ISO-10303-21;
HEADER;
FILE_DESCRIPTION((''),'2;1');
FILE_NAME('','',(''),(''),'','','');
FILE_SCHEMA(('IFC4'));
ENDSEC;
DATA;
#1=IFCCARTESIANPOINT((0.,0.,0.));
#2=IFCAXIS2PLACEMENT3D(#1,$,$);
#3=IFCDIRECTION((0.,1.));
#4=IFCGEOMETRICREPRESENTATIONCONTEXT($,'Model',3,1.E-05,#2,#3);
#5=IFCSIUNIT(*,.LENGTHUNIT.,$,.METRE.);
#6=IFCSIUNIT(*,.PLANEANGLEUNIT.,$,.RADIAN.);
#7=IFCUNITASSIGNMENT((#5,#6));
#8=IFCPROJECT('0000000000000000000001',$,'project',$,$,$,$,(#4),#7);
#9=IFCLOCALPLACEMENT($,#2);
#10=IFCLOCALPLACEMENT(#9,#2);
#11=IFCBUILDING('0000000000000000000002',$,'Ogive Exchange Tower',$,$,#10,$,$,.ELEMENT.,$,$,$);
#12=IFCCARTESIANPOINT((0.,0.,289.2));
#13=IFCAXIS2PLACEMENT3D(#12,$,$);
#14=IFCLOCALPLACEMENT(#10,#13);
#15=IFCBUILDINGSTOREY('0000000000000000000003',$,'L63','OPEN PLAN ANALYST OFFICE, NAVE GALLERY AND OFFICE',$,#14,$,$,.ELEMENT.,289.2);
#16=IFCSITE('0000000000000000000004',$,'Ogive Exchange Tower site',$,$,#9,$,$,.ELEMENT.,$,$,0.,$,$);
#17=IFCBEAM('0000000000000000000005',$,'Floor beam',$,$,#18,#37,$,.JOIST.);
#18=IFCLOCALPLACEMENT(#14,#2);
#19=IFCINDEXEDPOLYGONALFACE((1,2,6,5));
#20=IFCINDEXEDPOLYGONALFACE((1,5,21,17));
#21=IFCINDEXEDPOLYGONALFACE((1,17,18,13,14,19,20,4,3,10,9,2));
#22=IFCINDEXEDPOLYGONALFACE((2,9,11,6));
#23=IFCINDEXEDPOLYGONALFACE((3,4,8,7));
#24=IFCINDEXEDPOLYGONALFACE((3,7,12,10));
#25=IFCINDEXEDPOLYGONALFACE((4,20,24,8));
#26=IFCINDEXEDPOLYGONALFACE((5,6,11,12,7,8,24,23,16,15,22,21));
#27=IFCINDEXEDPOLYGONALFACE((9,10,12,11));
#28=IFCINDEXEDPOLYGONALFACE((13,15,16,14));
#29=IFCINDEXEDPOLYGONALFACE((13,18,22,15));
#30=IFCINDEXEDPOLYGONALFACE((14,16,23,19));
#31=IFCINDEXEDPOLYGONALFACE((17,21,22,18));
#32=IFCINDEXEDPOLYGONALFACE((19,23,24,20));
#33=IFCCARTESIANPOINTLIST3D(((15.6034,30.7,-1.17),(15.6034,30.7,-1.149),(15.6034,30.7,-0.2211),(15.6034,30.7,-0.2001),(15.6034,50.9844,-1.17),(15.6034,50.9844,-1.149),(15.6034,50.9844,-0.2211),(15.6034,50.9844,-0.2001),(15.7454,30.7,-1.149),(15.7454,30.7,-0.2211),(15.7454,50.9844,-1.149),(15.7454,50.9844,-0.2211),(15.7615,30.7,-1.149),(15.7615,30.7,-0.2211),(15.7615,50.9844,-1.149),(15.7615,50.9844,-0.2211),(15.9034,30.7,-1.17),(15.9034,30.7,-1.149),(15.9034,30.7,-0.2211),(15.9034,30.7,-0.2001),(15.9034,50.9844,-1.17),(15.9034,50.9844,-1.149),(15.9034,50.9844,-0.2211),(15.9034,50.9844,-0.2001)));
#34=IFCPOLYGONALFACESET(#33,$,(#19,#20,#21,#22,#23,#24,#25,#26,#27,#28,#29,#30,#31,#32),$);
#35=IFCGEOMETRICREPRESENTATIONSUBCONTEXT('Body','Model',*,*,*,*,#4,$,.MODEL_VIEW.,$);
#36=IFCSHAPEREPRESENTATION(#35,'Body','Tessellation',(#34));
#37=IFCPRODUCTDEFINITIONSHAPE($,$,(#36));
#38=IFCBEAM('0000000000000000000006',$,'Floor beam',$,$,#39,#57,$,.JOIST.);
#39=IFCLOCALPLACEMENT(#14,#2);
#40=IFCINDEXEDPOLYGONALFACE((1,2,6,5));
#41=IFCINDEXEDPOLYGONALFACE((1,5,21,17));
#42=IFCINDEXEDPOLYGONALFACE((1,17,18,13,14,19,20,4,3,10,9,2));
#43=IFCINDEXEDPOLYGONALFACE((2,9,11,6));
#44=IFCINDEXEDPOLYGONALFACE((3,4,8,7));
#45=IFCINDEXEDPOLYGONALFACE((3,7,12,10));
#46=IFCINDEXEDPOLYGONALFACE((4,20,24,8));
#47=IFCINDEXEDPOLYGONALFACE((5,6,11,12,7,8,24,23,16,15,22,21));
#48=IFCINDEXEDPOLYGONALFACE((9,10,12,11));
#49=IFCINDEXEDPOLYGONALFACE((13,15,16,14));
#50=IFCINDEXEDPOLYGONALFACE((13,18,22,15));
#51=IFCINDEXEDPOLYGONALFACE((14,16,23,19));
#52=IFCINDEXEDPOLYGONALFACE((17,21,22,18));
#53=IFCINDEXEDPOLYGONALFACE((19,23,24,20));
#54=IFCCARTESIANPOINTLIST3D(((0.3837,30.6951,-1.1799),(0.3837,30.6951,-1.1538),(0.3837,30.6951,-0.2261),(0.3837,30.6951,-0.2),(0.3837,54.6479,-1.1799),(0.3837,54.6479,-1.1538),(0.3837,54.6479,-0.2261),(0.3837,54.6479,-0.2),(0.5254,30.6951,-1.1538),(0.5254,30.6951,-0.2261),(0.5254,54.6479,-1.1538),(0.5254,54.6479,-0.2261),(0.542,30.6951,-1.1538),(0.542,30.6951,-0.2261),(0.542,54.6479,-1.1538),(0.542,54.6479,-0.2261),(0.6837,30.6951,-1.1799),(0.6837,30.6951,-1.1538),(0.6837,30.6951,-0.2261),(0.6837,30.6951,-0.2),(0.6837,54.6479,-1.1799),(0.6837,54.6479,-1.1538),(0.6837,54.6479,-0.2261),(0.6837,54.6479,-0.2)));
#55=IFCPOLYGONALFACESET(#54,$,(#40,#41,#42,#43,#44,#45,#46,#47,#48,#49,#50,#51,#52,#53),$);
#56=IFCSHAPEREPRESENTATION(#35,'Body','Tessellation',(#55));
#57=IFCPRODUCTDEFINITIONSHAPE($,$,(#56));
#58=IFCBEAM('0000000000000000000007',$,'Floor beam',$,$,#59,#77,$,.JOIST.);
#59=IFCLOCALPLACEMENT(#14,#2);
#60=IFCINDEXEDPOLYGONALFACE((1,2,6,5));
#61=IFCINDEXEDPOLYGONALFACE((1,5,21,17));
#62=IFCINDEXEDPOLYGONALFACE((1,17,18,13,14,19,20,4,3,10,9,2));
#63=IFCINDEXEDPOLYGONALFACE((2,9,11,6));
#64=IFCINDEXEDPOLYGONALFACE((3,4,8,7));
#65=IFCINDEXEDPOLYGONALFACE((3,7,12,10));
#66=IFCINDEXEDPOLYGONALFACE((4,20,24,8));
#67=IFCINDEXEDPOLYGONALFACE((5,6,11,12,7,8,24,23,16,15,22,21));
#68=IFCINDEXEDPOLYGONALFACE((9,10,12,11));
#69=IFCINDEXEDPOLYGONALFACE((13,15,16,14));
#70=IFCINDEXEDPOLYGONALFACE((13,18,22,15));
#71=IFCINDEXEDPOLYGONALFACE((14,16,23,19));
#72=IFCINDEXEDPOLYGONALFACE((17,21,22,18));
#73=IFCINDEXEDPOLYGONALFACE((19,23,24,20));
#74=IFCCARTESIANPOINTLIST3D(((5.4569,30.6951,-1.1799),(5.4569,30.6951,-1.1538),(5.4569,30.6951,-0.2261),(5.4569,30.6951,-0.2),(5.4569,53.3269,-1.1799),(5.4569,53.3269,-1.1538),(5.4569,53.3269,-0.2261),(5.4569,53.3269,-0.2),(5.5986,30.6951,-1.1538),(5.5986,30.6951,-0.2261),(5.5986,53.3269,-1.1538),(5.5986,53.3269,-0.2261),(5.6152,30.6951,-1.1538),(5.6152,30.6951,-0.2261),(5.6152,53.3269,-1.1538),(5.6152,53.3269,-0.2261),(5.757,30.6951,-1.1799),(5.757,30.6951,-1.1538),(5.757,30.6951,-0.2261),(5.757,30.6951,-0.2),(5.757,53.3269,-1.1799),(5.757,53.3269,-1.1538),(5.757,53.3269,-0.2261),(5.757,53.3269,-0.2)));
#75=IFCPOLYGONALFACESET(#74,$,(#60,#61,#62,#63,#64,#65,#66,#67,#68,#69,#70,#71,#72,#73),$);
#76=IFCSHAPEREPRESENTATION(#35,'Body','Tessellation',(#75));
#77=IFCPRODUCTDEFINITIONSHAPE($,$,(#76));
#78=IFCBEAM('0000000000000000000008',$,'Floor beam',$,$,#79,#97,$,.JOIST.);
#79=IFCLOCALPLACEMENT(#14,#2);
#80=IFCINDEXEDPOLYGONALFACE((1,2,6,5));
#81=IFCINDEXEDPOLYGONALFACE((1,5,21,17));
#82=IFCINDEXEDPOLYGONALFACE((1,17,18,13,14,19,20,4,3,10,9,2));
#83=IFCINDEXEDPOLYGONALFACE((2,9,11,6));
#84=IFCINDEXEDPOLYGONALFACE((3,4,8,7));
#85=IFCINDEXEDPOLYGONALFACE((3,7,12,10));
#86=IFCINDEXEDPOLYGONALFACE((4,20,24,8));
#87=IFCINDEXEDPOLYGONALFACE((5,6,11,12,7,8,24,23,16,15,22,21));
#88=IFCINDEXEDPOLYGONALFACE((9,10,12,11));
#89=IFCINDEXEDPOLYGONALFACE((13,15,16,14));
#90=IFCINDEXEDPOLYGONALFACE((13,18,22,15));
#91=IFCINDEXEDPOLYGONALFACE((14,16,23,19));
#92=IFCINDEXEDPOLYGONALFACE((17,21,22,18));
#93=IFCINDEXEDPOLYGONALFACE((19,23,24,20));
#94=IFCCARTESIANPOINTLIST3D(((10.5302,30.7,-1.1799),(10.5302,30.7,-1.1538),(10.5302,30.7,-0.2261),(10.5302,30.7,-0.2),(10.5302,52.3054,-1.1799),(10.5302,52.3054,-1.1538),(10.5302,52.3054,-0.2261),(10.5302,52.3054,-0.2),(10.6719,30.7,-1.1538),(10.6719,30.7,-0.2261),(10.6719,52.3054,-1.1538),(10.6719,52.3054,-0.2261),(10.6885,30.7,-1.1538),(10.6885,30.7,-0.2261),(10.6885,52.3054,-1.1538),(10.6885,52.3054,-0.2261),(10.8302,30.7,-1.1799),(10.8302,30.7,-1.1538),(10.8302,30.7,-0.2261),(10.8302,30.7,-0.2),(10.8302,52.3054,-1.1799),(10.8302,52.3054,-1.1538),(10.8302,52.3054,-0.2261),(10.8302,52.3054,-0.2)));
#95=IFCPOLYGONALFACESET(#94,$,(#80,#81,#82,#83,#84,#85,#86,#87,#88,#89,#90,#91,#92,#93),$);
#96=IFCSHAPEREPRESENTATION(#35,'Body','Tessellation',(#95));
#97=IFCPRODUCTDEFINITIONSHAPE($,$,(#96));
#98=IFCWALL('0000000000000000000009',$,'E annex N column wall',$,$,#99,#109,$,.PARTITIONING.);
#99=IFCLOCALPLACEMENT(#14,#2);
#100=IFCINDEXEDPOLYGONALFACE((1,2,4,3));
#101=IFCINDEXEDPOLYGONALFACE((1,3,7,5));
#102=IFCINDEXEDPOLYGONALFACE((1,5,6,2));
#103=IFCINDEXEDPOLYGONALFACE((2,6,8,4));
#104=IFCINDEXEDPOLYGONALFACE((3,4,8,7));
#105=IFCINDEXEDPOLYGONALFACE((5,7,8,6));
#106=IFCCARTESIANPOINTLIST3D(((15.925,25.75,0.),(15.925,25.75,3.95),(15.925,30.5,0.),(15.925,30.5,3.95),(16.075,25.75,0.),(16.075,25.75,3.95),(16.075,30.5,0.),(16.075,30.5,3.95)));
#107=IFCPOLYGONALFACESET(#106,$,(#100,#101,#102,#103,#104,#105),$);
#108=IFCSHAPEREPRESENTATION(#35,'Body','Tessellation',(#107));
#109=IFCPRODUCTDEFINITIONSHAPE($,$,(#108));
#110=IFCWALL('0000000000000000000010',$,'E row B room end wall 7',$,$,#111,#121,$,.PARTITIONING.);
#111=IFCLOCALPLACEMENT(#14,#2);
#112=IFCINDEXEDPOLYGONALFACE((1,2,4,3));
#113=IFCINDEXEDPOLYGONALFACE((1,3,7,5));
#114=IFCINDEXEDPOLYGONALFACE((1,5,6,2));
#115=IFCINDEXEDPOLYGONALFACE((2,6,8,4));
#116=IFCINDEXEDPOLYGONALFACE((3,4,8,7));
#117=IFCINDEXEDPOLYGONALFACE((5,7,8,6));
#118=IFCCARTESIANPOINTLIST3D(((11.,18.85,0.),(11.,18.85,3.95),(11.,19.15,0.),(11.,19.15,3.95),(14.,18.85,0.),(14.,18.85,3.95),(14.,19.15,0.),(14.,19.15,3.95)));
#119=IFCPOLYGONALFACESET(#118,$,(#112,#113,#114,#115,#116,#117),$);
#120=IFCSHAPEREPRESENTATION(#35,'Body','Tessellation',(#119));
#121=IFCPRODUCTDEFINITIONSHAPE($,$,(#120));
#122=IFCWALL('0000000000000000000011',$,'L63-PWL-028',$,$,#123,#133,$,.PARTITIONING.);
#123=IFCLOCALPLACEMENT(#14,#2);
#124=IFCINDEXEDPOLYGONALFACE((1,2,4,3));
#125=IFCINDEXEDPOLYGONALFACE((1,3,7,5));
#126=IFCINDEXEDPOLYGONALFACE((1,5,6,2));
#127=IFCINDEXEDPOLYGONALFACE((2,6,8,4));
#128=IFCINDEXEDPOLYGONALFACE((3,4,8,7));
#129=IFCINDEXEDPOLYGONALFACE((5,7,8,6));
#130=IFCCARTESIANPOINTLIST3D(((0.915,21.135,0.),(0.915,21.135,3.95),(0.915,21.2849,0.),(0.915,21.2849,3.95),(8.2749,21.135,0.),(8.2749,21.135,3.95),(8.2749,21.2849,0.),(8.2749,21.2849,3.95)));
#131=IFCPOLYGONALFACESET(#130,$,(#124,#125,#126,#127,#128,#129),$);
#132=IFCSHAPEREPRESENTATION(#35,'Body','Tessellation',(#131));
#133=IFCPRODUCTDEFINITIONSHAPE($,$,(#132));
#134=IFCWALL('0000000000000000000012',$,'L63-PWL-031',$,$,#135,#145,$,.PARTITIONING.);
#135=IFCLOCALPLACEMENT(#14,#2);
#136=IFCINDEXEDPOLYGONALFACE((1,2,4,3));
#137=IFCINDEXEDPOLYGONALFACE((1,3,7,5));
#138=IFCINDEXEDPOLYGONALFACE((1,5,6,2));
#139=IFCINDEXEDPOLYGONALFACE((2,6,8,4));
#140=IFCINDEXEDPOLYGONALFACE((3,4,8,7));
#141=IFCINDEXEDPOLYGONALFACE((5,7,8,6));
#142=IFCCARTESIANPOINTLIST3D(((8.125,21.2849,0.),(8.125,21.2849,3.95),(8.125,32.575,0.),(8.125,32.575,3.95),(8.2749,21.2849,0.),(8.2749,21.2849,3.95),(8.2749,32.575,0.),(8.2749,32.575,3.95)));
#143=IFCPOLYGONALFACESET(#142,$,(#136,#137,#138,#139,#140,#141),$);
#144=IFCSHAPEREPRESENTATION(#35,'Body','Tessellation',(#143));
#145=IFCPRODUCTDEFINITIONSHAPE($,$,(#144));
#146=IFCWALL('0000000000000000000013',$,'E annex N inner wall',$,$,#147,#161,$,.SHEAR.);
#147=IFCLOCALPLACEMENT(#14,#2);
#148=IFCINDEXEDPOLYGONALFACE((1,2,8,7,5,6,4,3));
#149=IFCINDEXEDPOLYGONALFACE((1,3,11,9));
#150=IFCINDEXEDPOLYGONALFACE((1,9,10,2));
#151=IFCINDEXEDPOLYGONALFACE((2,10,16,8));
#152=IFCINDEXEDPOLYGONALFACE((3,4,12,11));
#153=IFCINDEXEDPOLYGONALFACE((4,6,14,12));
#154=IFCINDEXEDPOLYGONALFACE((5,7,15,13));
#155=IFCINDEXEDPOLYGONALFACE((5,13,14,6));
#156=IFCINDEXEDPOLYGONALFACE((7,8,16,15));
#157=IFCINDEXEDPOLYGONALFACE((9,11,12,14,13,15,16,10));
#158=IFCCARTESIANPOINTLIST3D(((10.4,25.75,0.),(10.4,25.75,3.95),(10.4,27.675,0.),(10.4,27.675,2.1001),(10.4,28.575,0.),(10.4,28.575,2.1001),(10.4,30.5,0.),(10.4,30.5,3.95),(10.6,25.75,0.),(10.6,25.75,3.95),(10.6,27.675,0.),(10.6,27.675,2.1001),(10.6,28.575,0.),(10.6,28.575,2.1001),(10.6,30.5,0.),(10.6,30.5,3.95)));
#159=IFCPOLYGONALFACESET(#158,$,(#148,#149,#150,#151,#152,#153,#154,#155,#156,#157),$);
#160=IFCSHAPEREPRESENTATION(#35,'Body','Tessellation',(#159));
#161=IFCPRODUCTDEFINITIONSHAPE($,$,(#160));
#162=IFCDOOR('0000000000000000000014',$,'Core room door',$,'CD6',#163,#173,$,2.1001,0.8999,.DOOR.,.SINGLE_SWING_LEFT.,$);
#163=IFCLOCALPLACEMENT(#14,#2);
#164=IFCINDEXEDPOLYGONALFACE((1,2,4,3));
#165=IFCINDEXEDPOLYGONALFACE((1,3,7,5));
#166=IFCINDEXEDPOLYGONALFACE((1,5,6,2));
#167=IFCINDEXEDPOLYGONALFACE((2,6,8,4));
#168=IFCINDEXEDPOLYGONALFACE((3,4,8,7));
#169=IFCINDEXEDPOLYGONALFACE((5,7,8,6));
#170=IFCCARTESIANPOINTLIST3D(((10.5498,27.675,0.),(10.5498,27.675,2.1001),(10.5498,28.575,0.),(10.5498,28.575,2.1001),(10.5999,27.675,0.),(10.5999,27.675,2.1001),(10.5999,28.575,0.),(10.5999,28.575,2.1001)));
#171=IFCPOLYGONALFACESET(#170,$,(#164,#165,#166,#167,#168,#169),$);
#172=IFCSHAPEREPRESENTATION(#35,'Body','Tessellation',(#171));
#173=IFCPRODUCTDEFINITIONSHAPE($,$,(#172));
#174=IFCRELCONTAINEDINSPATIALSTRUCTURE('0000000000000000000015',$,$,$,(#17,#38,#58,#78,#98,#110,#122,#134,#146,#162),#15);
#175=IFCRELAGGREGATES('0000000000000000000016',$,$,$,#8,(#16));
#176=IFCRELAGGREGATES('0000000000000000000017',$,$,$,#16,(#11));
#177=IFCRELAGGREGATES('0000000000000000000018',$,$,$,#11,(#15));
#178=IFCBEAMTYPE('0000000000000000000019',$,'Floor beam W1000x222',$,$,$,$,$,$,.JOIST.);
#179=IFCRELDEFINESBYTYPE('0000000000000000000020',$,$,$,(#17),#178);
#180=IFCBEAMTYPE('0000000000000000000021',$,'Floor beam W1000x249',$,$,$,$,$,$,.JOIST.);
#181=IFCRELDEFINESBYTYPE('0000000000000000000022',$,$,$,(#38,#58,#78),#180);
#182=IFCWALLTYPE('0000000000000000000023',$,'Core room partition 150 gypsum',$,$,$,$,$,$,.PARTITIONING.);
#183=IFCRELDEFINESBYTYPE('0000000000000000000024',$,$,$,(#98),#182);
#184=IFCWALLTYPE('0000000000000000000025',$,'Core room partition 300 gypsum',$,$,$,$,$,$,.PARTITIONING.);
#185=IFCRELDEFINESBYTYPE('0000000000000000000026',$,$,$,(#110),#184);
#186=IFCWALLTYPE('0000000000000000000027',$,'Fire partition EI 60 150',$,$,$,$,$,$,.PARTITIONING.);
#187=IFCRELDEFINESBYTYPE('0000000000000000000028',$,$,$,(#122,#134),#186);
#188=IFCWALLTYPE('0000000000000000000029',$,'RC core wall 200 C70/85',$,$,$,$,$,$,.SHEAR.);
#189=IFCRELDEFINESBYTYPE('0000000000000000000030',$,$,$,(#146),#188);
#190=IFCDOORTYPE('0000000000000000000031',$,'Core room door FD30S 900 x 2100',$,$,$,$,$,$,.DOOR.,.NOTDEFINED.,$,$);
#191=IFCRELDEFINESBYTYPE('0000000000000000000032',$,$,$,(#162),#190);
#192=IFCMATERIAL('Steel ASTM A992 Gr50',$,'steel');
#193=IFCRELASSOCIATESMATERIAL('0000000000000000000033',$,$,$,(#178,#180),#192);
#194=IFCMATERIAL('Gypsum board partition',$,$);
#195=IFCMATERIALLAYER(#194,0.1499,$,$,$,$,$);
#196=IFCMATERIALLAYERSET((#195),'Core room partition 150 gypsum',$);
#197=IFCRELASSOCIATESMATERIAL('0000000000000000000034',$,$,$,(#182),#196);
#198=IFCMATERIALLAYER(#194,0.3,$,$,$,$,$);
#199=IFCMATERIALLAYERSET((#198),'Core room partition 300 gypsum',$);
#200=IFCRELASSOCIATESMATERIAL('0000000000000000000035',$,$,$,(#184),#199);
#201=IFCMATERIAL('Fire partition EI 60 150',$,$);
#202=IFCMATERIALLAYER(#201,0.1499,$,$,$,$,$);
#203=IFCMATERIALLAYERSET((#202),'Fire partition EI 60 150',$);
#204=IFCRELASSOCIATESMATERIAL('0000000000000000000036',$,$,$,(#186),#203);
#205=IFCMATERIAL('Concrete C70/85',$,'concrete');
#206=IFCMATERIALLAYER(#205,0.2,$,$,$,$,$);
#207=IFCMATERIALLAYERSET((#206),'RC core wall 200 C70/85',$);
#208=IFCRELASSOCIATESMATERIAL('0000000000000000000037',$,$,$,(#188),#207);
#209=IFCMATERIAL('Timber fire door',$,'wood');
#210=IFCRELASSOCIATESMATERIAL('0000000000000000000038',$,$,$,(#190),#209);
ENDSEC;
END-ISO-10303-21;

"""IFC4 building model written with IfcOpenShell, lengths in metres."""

from ifc_helpers import new_model, si_unit, direction, frame, frame_2d, origin, origin_2d, place, context, subcontext, project, spatial, rectangle, i_section, extrude, material, layer, layer_set, material_profile, profile_set, type_object, element, fill, save


model = new_model("IFC4")

# Units and contexts
model_context = context("Model", 3, precision=1e-05, world=origin(), true_north=direction((0.0, 1.0)))
body_context = subcontext(model_context, "Body", "Model", "MODEL_VIEW")
ifc_project = project(units=[si_unit("LENGTHUNIT", "METRE"), si_unit("PLANEANGLEUNIT", "RADIAN")], contexts=[model_context])

# Site, building, storey
site_placement = place(None, origin())
site = spatial("IfcSite", under=ifc_project, at=site_placement, Name="Ogive Exchange Tower site", CompositionType="ELEMENT", RefElevation=0.0)
building_placement = place(site_placement, origin())
building = spatial("IfcBuilding", under=site, at=building_placement, Name="Ogive Exchange Tower", CompositionType="ELEMENT")
storey_placement = place(building_placement, frame((0.0, 0.0, 289.2)))
storey = spatial("IfcBuildingStorey", under=building, at=storey_placement, Name="L63", Description="OPEN PLAN ANALYST OFFICE, NAVE GALLERY AND OFFICE", CompositionType="ELEMENT", Elevation=289.2)

# Beams
ifc_material_1 = material(Name="Steel ASTM A992 Gr50", Category="steel")
ifc_material_profile_1 = material_profile(ifc_material_1, i_section(OverallWidth=0.3, OverallDepth=0.97, WebThickness=0.0161, FlangeThickness=0.021, at=origin_2d()), Name="W1000x222")
ifc_profile_set_1 = profile_set([ifc_material_profile_1], Name="Steel ASTM A992 Gr50")
beam_type_1 = type_object("IfcBeamType", Name="Floor beam W1000x222", PredefinedType="JOIST", material=ifc_profile_set_1)
beam_1_placement = place(storey_placement, frame((15.7534, 30.7, -0.6851), z_axis=(0.0, 1.0, 0.0), x_axis=(-1.0, 0.0, 0.0)))
element("IfcBeam", 1, at=beam_1_placement, inside=storey, type_object=beam_type_1, Name="Floor beam", PredefinedType="JOIST", context=body_context, shape_type="SweptSolid", body=[
    extrude(i_section(OverallWidth=0.3, OverallDepth=0.97, WebThickness=0.0161, FlangeThickness=0.021, at=origin_2d()), origin(), (0.0, 0.0, 1.0), 20.2844),
])
ifc_material_profile_2 = material_profile(ifc_material_1, i_section(OverallWidth=0.3, OverallDepth=0.98, WebThickness=0.0166, FlangeThickness=0.0261, at=origin_2d()), Name="W1000x249")
ifc_profile_set_2 = profile_set([ifc_material_profile_2], Name="Steel ASTM A992 Gr50")
beam_type_2 = type_object("IfcBeamType", Name="Floor beam W1000x249", PredefinedType="JOIST", material=ifc_profile_set_2)
beam_2_placement = place(storey_placement, frame((0.5337, 30.6951, -0.6899), z_axis=(0.0, 1.0, 0.0), x_axis=(-1.0, 0.0, 0.0)))
element("IfcBeam", 2, at=beam_2_placement, inside=storey, type_object=beam_type_2, Name="Floor beam", PredefinedType="JOIST", context=body_context, shape_type="SweptSolid", body=[
    extrude(i_section(OverallWidth=0.3, OverallDepth=0.98, WebThickness=0.0166, FlangeThickness=0.0261, at=origin_2d()), origin(), (0.0, 0.0, 1.0), 23.9529),
])
beam_3_placement = place(storey_placement, frame((5.6069, 30.6951, -0.6899), z_axis=(0.0, 1.0, 0.0), x_axis=(-1.0, 0.0, 0.0)))
element("IfcBeam", 3, at=beam_3_placement, inside=storey, type_object=beam_type_2, Name="Floor beam", PredefinedType="JOIST", context=body_context, shape_type="SweptSolid", body=[
    extrude(i_section(OverallWidth=0.3, OverallDepth=0.98, WebThickness=0.0166, FlangeThickness=0.0261, at=origin_2d()), origin(), (0.0, 0.0, 1.0), 22.6318),
])
beam_4_placement = place(storey_placement, frame((10.6802, 30.7, -0.6899), z_axis=(0.0, 1.0, 0.0), x_axis=(-1.0, 0.0, 0.0)))
element("IfcBeam", 4, at=beam_4_placement, inside=storey, type_object=beam_type_2, Name="Floor beam", PredefinedType="JOIST", context=body_context, shape_type="SweptSolid", body=[
    extrude(i_section(OverallWidth=0.3, OverallDepth=0.98, WebThickness=0.0166, FlangeThickness=0.0261, at=origin_2d()), origin(), (0.0, 0.0, 1.0), 21.6055),
])

# Walls
ifc_material_2 = material(Name="Gypsum board partition")
ifc_layer_1 = layer(ifc_material_2, 0.1499)
ifc_layer_set_1 = layer_set([ifc_layer_1], Name="Core room partition 150 gypsum")
wall_type_1 = type_object("IfcWallType", Name="Core room partition 150 gypsum", PredefinedType="PARTITIONING", material=ifc_layer_set_1)
wall_1_placement = place(storey_placement, frame((16.0, 25.75, 0.0), z_axis=(0.0, 0.0, 1.0), x_axis=(0.0, 1.0, 0.0)))
element("IfcWall", 5, at=wall_1_placement, inside=storey, type_object=wall_type_1, Name="E annex N column wall", PredefinedType="PARTITIONING", context=body_context, shape_type="SweptSolid", body=[
    extrude(rectangle(XDim=4.75, YDim=0.1499, at=frame_2d((2.375, 0.0))), origin(), (0.0, 0.0, 1.0), 3.95),
])
ifc_layer_2 = layer(ifc_material_2, 0.3)
ifc_layer_set_2 = layer_set([ifc_layer_2], Name="Core room partition 300 gypsum")
wall_type_2 = type_object("IfcWallType", Name="Core room partition 300 gypsum", PredefinedType="PARTITIONING", material=ifc_layer_set_2)
wall_2_placement = place(storey_placement, frame((11.0, 19.0, 0.0), z_axis=(0.0, 0.0, 1.0), x_axis=(1.0, 0.0, 0.0)))
element("IfcWall", 6, at=wall_2_placement, inside=storey, type_object=wall_type_2, Name="E row B room end wall 7", PredefinedType="PARTITIONING", context=body_context, shape_type="SweptSolid", body=[
    extrude(rectangle(XDim=3.0, YDim=0.3, at=frame_2d((1.5, 0.0))), origin(), (0.0, 0.0, 1.0), 3.95),
])
ifc_material_3 = material(Name="Fire partition EI 60 150")
ifc_layer_3 = layer(ifc_material_3, 0.1499)
ifc_layer_set_3 = layer_set([ifc_layer_3], Name="Fire partition EI 60 150")
wall_type_3 = type_object("IfcWallType", Name="Fire partition EI 60 150", PredefinedType="PARTITIONING", material=ifc_layer_set_3)
wall_3_placement = place(storey_placement, frame((0.915, 21.21, 0.0), z_axis=(0.0, 0.0, 1.0), x_axis=(1.0, 0.0, 0.0)))
element("IfcWall", 7, at=wall_3_placement, inside=storey, type_object=wall_type_3, Name="L63-PWL-028", PredefinedType="PARTITIONING", context=body_context, shape_type="SweptSolid", body=[
    extrude(rectangle(XDim=7.3599, YDim=0.1499, at=frame_2d((3.6799, 0.0))), origin(), (0.0, 0.0, 1.0), 3.95),
])
wall_4_placement = place(storey_placement, frame((8.2, 21.2849, 0.0), z_axis=(0.0, 0.0, 1.0), x_axis=(0.0, 1.0, 0.0)))
element("IfcWall", 8, at=wall_4_placement, inside=storey, type_object=wall_type_3, Name="L63-PWL-031", PredefinedType="PARTITIONING", context=body_context, shape_type="SweptSolid", body=[
    extrude(rectangle(XDim=11.29, YDim=0.1499, at=frame_2d((5.645, 0.0))), origin(), (0.0, 0.0, 1.0), 3.95),
])

# Wall, opening, door
ifc_material_4 = material(Name="Concrete C70/85", Category="concrete")
ifc_layer_4 = layer(ifc_material_4, 0.2)
ifc_layer_set_4 = layer_set([ifc_layer_4], Name="RC core wall 200 C70/85")
wall_type_4 = type_object("IfcWallType", Name="RC core wall 200 C70/85", PredefinedType="SHEAR", material=ifc_layer_set_4)
wall_5_placement = place(storey_placement, frame((10.5, 25.75, 0.0), z_axis=(0.0, 0.0, 1.0), x_axis=(0.0, 1.0, 0.0)))
wall_5 = element("IfcWall", 9, at=wall_5_placement, inside=storey, type_object=wall_type_4, Name="E annex N inner wall", PredefinedType="SHEAR", context=body_context, shape_type="SweptSolid", body=[
    extrude(rectangle(XDim=4.75, YDim=0.2, at=frame_2d((2.375, 0.0))), origin(), (0.0, 0.0, 1.0), 3.95),
])
opening_1_placement = place(wall_5_placement, frame((1.925, 0.0, 0.0)))
opening_1 = element("IfcOpeningElement", 10, at=opening_1_placement, cuts=wall_5, PredefinedType="OPENING", context=body_context, shape_type="SweptSolid", body=[
    extrude(rectangle(XDim=0.8999, YDim=2.1001, at=frame_2d((0.45, 1.05))), frame((0.0, 0.1099, 0.0), z_axis=(0.0, -1.0, 0.0), x_axis=(1.0, 0.0, 0.0)), (0.0, 0.0, 1.0), 0.22),
])
ifc_material_5 = material(Name="Timber fire door", Category="wood")
door_type_1 = type_object("IfcDoorType", Name="Core room door FD30S 900 x 2100", OperationType="NOTDEFINED", PredefinedType="DOOR", material=ifc_material_5)
door_1_placement = place(opening_1_placement, origin())
door_1 = element("IfcDoor", 11, at=door_1_placement, inside=storey, type_object=door_type_1, Name="Core room door", ObjectType="CD6", OperationType="SINGLE_SWING_LEFT", OverallHeight=2.1001, OverallWidth=0.8999, PredefinedType="DOOR", context=body_context, shape_type="SweptSolid", body=[
    extrude(rectangle(XDim=0.8999, YDim=2.1001, at=frame_2d((0.45, 1.05))), frame((0.0, -0.0498, 0.0), z_axis=(0.0, -1.0, 0.0), x_axis=(1.0, 0.0, 0.0)), (0.0, 0.0, 1.0), 0.05),
])
fill(opening_1, door_1)

save(model, "model.ifc")
